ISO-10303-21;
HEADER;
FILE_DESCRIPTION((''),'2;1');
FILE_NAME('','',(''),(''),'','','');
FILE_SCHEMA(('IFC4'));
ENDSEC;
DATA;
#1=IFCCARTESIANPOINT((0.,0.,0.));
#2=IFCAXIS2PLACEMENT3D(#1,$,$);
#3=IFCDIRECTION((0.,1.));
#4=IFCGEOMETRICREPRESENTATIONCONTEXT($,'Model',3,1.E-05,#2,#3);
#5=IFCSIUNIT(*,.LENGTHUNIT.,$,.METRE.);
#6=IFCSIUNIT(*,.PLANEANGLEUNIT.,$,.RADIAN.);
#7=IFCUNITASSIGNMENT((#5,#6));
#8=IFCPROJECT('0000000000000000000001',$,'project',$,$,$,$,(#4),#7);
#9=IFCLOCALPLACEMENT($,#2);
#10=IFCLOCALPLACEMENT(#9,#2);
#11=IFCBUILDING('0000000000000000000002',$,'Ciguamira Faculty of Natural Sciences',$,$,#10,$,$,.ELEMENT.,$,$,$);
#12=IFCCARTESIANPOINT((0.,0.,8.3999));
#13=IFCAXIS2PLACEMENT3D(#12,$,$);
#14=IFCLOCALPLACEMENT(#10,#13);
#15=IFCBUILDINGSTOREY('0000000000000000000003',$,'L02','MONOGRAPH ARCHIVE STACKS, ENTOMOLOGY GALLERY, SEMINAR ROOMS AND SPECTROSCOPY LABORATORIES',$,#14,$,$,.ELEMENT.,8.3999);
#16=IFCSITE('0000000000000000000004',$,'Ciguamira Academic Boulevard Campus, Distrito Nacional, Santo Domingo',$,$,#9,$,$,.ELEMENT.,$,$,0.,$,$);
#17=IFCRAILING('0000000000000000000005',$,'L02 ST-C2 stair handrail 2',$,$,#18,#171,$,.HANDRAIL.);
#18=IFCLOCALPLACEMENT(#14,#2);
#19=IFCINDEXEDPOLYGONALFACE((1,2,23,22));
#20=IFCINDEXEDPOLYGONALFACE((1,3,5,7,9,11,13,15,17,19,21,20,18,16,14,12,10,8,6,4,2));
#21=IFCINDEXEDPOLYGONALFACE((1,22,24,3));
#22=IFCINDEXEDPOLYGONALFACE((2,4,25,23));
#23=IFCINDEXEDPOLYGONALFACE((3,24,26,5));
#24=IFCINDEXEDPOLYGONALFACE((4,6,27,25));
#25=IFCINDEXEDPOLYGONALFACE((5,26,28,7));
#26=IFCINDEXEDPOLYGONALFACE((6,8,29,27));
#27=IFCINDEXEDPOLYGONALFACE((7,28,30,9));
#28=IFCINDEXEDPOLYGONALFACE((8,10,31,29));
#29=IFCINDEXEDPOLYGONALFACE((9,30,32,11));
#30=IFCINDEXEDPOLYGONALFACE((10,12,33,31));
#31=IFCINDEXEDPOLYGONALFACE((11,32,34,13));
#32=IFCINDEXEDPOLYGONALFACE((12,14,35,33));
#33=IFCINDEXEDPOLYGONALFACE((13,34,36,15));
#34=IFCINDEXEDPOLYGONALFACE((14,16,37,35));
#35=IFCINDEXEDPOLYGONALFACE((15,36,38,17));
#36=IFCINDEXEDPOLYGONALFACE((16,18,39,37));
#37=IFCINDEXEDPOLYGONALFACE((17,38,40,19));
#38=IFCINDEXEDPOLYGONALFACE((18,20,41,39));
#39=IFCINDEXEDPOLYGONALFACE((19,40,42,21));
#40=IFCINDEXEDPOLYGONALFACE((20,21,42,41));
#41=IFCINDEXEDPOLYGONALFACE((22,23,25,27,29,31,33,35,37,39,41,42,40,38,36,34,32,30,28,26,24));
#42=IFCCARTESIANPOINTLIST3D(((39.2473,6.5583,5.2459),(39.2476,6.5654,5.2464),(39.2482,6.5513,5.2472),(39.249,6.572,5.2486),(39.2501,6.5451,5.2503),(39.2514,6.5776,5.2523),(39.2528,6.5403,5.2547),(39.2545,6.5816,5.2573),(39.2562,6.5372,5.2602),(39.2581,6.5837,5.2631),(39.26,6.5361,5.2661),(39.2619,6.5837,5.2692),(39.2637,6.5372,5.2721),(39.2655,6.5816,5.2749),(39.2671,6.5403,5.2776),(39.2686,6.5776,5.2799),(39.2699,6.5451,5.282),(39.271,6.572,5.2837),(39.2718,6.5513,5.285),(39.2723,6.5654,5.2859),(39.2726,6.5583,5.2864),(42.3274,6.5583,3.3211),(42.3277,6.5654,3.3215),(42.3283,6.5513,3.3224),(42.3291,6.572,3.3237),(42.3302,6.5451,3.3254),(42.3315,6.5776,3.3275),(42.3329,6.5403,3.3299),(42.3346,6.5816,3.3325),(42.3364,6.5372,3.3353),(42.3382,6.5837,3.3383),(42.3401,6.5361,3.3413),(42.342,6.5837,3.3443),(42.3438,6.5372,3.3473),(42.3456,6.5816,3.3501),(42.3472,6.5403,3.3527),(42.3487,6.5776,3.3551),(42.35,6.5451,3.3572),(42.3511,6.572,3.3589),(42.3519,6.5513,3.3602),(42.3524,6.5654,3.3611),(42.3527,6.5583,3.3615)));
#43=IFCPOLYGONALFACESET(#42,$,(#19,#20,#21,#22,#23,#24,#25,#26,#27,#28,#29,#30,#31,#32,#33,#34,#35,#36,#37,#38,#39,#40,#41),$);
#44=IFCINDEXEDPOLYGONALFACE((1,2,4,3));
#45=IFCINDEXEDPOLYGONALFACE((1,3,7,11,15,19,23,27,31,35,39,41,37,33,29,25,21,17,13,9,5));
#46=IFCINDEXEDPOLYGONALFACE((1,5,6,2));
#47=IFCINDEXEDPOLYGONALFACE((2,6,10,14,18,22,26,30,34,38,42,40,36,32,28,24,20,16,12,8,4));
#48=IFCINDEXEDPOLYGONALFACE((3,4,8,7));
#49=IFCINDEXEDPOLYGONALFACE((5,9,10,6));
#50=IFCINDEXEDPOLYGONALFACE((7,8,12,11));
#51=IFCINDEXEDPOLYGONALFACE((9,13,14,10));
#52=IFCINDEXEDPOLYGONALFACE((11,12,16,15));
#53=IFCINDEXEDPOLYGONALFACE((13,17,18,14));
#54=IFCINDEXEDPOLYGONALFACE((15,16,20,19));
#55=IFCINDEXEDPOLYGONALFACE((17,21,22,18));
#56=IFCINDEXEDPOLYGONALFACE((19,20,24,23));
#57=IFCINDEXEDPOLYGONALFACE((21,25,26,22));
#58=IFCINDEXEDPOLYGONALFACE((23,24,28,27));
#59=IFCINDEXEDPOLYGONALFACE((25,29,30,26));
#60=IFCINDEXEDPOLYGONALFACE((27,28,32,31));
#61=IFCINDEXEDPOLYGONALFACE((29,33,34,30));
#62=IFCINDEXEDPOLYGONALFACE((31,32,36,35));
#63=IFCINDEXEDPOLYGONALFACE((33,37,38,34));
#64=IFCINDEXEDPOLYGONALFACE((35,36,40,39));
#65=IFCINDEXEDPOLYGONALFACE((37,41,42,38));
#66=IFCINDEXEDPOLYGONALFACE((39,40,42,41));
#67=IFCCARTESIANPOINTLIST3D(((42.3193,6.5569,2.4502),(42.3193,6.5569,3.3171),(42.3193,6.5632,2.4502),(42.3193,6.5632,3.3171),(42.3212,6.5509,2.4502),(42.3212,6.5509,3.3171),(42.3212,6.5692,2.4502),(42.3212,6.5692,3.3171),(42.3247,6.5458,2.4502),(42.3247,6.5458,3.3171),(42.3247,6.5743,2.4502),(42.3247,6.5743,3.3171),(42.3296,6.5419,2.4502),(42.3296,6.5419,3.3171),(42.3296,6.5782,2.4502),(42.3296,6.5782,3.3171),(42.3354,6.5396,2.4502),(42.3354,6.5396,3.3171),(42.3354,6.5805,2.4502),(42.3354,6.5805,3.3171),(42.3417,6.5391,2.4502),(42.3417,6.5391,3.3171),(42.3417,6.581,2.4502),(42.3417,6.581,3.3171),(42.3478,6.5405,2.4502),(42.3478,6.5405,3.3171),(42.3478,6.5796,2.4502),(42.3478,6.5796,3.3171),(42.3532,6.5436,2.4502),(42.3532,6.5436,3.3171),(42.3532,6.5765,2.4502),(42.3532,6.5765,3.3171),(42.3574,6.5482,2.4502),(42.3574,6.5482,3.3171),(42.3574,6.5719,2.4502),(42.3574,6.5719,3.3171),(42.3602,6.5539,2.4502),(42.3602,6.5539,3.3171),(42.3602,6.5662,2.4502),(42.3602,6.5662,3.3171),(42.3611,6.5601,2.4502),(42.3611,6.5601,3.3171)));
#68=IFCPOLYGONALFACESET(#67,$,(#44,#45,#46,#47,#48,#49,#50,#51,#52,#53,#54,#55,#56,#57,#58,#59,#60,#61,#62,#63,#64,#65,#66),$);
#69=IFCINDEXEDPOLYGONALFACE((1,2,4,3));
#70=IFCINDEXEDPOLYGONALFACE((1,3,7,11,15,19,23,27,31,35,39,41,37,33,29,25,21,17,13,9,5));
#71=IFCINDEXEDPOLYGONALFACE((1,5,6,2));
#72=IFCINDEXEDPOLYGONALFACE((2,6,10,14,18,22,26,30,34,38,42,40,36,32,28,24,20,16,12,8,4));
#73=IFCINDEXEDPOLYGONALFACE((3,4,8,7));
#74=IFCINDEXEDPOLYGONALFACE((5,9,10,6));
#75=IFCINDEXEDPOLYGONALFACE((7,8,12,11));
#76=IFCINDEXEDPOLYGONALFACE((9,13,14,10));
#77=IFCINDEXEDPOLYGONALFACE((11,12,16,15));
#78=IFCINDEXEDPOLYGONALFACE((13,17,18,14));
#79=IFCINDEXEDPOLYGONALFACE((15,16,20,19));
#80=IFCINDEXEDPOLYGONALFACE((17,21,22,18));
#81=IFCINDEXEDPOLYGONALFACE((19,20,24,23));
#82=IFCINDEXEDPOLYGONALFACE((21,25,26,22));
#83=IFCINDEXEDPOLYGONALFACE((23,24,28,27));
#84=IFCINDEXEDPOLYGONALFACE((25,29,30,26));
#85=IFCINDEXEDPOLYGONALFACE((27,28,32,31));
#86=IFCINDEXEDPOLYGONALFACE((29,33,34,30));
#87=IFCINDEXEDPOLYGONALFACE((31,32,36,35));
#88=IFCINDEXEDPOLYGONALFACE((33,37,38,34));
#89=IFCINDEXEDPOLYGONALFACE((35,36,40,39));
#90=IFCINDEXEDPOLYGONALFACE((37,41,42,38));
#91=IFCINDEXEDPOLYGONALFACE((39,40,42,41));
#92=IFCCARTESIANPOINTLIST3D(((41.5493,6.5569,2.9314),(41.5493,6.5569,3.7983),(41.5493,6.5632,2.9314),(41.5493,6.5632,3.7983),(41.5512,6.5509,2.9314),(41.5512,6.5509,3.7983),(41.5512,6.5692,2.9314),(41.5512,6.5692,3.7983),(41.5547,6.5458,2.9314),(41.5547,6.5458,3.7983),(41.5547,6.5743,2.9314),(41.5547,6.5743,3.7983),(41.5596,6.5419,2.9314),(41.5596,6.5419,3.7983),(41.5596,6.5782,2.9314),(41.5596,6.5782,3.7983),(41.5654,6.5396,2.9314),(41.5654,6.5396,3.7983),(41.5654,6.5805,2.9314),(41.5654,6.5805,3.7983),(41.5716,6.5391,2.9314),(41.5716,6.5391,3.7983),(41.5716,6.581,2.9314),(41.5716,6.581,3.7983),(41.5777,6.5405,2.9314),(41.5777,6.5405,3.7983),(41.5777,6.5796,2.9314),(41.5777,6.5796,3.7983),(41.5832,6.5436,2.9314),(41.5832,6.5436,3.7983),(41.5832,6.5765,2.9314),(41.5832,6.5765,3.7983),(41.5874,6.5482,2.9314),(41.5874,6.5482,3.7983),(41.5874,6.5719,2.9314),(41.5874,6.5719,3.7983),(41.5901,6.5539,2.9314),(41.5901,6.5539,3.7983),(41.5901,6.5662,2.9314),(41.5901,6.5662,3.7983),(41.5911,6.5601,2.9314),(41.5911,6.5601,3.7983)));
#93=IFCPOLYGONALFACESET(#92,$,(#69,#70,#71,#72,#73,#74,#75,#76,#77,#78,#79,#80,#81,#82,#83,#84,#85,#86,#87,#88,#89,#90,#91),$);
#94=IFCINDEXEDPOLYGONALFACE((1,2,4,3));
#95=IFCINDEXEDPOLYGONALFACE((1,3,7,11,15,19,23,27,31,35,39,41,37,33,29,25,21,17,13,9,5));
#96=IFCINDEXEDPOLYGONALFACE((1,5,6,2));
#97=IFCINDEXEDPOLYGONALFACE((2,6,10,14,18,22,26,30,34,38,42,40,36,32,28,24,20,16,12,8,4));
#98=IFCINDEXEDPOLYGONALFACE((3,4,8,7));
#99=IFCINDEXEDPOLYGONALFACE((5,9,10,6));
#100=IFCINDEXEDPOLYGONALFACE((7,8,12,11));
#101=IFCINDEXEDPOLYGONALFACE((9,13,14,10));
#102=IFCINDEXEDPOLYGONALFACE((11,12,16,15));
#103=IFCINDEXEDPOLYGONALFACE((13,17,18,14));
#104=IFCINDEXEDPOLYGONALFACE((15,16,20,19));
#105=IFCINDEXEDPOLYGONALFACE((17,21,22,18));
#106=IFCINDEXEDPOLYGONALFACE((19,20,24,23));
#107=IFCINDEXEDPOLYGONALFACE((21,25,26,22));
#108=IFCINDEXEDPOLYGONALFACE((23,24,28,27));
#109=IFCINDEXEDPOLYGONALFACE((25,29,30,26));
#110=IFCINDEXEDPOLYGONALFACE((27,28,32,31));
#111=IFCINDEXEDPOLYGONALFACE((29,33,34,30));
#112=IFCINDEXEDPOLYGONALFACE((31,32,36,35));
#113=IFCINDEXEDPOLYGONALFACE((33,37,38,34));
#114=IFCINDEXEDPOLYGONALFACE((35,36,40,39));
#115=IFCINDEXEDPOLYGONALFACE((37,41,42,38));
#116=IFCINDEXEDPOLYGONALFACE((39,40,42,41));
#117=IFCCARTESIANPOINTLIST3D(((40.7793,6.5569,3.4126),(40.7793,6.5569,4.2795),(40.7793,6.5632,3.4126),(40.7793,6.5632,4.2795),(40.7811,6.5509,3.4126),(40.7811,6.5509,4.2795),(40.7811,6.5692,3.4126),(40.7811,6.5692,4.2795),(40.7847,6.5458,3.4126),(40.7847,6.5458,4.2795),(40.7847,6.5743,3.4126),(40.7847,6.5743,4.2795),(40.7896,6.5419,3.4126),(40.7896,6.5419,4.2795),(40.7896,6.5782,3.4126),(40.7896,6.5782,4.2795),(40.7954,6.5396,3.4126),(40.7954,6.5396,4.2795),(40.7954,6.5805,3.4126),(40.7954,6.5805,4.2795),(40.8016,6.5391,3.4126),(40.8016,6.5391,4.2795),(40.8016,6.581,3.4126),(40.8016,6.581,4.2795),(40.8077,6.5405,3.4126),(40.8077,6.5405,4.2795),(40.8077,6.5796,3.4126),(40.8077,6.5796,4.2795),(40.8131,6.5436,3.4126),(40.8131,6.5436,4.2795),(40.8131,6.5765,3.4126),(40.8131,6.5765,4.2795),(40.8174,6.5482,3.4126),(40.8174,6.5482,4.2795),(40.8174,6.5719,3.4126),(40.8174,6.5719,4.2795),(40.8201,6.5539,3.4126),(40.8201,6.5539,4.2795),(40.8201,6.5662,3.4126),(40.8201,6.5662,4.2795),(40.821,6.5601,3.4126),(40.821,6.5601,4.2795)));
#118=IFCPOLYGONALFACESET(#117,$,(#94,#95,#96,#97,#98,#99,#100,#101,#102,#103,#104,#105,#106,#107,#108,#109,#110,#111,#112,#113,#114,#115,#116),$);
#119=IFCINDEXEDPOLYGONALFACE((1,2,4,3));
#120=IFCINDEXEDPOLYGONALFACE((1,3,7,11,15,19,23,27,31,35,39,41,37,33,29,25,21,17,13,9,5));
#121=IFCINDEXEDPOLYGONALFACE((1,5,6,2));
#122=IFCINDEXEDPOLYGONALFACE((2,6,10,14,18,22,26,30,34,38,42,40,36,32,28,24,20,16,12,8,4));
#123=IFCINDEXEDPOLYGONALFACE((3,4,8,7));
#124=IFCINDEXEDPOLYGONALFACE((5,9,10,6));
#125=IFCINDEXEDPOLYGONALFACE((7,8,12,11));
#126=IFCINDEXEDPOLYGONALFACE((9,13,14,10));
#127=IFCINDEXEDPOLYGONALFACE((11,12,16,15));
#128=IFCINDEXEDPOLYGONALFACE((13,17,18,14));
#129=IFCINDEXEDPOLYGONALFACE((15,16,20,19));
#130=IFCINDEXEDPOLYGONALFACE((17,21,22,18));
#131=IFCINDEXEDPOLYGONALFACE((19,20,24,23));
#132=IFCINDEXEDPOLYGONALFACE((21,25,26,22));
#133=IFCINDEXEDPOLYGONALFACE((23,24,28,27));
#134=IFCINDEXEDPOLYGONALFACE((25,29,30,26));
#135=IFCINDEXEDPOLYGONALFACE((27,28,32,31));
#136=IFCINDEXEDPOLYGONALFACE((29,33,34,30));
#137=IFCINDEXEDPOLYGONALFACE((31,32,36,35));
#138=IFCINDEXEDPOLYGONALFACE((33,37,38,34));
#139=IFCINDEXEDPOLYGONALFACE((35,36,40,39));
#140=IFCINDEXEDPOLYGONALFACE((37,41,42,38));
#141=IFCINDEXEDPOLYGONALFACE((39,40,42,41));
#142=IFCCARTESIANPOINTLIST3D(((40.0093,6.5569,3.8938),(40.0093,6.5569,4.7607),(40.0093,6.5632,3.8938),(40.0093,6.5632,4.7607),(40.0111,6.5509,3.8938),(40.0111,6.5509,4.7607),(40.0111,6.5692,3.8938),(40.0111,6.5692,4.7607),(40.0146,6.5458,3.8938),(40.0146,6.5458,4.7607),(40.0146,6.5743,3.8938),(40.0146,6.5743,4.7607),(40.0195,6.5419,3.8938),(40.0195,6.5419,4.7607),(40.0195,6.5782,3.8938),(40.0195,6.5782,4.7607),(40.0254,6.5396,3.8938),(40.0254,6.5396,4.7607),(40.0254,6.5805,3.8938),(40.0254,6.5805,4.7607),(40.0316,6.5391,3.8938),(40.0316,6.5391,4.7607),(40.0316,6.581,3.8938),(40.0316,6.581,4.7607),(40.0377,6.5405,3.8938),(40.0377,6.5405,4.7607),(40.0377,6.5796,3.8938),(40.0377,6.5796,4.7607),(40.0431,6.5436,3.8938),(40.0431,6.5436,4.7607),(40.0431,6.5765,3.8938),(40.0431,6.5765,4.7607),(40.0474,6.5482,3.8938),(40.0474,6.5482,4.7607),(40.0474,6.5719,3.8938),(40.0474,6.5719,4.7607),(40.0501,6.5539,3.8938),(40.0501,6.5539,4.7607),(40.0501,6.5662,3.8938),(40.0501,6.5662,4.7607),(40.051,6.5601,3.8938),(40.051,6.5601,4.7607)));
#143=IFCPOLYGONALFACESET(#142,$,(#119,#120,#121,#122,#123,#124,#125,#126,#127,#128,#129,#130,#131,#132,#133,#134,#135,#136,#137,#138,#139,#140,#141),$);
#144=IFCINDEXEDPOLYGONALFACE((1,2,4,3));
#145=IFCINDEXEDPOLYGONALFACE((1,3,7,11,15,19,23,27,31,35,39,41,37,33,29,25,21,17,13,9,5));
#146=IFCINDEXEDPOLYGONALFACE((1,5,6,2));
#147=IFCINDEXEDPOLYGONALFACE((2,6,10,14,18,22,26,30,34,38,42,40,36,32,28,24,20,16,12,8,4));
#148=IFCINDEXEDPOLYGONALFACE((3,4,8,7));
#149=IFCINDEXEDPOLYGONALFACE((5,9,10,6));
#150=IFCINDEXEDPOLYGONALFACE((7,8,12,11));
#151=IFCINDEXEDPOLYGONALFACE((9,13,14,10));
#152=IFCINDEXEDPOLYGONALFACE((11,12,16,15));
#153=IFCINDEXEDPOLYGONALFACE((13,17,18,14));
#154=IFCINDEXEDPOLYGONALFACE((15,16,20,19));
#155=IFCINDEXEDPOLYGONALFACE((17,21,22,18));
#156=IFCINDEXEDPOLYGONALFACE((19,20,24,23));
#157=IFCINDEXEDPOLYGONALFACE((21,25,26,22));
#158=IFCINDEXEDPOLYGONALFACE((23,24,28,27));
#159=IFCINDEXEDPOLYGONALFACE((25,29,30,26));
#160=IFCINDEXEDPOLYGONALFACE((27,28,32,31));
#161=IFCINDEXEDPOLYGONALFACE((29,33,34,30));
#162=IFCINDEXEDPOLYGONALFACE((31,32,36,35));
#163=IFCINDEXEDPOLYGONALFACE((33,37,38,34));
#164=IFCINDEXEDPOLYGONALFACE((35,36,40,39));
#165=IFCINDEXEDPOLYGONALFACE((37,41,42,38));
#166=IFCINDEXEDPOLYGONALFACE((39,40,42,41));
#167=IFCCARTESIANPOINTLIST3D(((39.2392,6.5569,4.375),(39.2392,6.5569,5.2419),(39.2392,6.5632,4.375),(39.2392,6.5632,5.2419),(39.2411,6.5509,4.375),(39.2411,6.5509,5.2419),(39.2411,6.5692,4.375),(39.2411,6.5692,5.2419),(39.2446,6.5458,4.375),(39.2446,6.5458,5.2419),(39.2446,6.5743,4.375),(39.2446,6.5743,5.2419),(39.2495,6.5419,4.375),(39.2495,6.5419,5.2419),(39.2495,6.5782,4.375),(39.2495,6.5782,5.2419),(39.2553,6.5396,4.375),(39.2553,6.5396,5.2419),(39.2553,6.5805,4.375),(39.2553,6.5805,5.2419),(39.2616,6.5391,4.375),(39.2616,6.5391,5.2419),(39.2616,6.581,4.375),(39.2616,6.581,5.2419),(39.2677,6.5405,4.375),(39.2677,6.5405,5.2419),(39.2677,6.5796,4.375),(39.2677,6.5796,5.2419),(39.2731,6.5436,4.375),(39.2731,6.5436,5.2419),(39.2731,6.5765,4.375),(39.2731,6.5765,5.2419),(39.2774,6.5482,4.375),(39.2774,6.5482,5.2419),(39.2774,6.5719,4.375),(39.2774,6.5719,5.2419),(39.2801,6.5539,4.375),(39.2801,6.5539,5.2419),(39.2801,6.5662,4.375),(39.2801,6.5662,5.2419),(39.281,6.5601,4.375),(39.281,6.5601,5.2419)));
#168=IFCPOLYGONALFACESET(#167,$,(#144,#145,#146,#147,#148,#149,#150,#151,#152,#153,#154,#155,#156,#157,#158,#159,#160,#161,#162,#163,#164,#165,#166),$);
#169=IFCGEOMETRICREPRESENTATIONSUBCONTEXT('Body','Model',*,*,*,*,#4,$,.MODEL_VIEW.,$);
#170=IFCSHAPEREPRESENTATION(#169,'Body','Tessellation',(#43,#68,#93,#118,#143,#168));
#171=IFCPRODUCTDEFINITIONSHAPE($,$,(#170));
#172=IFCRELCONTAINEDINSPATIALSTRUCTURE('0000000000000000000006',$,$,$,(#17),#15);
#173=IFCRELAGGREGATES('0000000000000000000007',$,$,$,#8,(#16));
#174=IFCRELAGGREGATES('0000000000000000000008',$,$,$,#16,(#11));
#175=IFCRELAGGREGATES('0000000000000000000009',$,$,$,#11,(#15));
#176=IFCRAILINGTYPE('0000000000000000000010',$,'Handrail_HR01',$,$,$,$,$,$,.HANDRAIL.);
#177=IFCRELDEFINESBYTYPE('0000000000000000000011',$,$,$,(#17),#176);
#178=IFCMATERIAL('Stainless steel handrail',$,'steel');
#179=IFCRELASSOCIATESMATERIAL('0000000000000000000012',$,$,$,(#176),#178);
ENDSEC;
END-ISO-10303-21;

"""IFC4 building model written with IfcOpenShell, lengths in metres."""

from ifc_helpers import new_model, si_unit, direction, frame, origin, origin_2d, place, context, subcontext, project, spatial, circle, extrude, material, type_object, element, save


model = new_model("IFC4")

# Units and contexts
model_context = context("Model", 3, precision=1e-05, world=origin(), true_north=direction((0.0, 1.0)))
body_context = subcontext(model_context, "Body", "Model", "MODEL_VIEW")
ifc_project = project(units=[si_unit("LENGTHUNIT", "METRE"), si_unit("PLANEANGLEUNIT", "RADIAN")], contexts=[model_context])

# Site, building, storey
site_placement = place(None, origin())
site = spatial("IfcSite", under=ifc_project, at=site_placement, Name="Ciguamira Academic Boulevard Campus, Distrito Nacional, Santo Domingo", CompositionType="ELEMENT", RefElevation=0.0)
building_placement = place(site_placement, origin())
building = spatial("IfcBuilding", under=site, at=building_placement, Name="Ciguamira Faculty of Natural Sciences", CompositionType="ELEMENT")
storey_placement = place(building_placement, frame((0.0, 0.0, 8.3999)))
storey = spatial("IfcBuildingStorey", under=building, at=storey_placement, Name="L02", Description="MONOGRAPH ARCHIVE STACKS, ENTOMOLOGY GALLERY, SEMINAR ROOMS AND SPECTROSCOPY LABORATORIES", CompositionType="ELEMENT", Elevation=8.3999)

# Railing
ifc_material_1 = material(Name="Stainless steel handrail", Category="steel")
railing_type_1 = type_object("IfcRailingType", Name="Handrail_HR01", PredefinedType="HANDRAIL", material=ifc_material_1)
railing_1_placement = place(storey_placement, frame((42.3401, 6.5601, 2.4502)))
element("IfcRailing", 1, at=railing_1_placement, inside=storey, type_object=railing_type_1, Name="L02 ST-C2 stair handrail 2", PredefinedType="HANDRAIL", context=body_context, shape_type="SweptSolid", body=[
    extrude(circle(Radius=0.0239, at=origin_2d()), frame((0.0, 0.0, 0.8911), z_axis=(-0.848029, 0.0, 0.529951), x_axis=(0.0, -1.0, 0.0)), (0.0, 0.0, 1.0), 3.6321),
    extrude(circle(Radius=0.021, at=origin_2d()), origin(), (0.0, 0.0, 1.0), 0.8669),
    extrude(circle(Radius=0.021, at=origin_2d()), frame((-0.77, 0.0, 0.4812)), (0.0, 0.0, 1.0), 0.8669),
    extrude(circle(Radius=0.021, at=origin_2d()), frame((-1.54, 0.0, 0.9624)), (0.0, 0.0, 1.0), 0.8669),
    extrude(circle(Radius=0.021, at=origin_2d()), frame((-2.3101, 0.0, 1.4436)), (0.0, 0.0, 1.0), 0.8669),
    extrude(circle(Radius=0.021, at=origin_2d()), frame((-3.0801, 0.0, 1.9248)), (0.0, 0.0, 1.0), 0.8669),
])

save(model, "model.ifc")
